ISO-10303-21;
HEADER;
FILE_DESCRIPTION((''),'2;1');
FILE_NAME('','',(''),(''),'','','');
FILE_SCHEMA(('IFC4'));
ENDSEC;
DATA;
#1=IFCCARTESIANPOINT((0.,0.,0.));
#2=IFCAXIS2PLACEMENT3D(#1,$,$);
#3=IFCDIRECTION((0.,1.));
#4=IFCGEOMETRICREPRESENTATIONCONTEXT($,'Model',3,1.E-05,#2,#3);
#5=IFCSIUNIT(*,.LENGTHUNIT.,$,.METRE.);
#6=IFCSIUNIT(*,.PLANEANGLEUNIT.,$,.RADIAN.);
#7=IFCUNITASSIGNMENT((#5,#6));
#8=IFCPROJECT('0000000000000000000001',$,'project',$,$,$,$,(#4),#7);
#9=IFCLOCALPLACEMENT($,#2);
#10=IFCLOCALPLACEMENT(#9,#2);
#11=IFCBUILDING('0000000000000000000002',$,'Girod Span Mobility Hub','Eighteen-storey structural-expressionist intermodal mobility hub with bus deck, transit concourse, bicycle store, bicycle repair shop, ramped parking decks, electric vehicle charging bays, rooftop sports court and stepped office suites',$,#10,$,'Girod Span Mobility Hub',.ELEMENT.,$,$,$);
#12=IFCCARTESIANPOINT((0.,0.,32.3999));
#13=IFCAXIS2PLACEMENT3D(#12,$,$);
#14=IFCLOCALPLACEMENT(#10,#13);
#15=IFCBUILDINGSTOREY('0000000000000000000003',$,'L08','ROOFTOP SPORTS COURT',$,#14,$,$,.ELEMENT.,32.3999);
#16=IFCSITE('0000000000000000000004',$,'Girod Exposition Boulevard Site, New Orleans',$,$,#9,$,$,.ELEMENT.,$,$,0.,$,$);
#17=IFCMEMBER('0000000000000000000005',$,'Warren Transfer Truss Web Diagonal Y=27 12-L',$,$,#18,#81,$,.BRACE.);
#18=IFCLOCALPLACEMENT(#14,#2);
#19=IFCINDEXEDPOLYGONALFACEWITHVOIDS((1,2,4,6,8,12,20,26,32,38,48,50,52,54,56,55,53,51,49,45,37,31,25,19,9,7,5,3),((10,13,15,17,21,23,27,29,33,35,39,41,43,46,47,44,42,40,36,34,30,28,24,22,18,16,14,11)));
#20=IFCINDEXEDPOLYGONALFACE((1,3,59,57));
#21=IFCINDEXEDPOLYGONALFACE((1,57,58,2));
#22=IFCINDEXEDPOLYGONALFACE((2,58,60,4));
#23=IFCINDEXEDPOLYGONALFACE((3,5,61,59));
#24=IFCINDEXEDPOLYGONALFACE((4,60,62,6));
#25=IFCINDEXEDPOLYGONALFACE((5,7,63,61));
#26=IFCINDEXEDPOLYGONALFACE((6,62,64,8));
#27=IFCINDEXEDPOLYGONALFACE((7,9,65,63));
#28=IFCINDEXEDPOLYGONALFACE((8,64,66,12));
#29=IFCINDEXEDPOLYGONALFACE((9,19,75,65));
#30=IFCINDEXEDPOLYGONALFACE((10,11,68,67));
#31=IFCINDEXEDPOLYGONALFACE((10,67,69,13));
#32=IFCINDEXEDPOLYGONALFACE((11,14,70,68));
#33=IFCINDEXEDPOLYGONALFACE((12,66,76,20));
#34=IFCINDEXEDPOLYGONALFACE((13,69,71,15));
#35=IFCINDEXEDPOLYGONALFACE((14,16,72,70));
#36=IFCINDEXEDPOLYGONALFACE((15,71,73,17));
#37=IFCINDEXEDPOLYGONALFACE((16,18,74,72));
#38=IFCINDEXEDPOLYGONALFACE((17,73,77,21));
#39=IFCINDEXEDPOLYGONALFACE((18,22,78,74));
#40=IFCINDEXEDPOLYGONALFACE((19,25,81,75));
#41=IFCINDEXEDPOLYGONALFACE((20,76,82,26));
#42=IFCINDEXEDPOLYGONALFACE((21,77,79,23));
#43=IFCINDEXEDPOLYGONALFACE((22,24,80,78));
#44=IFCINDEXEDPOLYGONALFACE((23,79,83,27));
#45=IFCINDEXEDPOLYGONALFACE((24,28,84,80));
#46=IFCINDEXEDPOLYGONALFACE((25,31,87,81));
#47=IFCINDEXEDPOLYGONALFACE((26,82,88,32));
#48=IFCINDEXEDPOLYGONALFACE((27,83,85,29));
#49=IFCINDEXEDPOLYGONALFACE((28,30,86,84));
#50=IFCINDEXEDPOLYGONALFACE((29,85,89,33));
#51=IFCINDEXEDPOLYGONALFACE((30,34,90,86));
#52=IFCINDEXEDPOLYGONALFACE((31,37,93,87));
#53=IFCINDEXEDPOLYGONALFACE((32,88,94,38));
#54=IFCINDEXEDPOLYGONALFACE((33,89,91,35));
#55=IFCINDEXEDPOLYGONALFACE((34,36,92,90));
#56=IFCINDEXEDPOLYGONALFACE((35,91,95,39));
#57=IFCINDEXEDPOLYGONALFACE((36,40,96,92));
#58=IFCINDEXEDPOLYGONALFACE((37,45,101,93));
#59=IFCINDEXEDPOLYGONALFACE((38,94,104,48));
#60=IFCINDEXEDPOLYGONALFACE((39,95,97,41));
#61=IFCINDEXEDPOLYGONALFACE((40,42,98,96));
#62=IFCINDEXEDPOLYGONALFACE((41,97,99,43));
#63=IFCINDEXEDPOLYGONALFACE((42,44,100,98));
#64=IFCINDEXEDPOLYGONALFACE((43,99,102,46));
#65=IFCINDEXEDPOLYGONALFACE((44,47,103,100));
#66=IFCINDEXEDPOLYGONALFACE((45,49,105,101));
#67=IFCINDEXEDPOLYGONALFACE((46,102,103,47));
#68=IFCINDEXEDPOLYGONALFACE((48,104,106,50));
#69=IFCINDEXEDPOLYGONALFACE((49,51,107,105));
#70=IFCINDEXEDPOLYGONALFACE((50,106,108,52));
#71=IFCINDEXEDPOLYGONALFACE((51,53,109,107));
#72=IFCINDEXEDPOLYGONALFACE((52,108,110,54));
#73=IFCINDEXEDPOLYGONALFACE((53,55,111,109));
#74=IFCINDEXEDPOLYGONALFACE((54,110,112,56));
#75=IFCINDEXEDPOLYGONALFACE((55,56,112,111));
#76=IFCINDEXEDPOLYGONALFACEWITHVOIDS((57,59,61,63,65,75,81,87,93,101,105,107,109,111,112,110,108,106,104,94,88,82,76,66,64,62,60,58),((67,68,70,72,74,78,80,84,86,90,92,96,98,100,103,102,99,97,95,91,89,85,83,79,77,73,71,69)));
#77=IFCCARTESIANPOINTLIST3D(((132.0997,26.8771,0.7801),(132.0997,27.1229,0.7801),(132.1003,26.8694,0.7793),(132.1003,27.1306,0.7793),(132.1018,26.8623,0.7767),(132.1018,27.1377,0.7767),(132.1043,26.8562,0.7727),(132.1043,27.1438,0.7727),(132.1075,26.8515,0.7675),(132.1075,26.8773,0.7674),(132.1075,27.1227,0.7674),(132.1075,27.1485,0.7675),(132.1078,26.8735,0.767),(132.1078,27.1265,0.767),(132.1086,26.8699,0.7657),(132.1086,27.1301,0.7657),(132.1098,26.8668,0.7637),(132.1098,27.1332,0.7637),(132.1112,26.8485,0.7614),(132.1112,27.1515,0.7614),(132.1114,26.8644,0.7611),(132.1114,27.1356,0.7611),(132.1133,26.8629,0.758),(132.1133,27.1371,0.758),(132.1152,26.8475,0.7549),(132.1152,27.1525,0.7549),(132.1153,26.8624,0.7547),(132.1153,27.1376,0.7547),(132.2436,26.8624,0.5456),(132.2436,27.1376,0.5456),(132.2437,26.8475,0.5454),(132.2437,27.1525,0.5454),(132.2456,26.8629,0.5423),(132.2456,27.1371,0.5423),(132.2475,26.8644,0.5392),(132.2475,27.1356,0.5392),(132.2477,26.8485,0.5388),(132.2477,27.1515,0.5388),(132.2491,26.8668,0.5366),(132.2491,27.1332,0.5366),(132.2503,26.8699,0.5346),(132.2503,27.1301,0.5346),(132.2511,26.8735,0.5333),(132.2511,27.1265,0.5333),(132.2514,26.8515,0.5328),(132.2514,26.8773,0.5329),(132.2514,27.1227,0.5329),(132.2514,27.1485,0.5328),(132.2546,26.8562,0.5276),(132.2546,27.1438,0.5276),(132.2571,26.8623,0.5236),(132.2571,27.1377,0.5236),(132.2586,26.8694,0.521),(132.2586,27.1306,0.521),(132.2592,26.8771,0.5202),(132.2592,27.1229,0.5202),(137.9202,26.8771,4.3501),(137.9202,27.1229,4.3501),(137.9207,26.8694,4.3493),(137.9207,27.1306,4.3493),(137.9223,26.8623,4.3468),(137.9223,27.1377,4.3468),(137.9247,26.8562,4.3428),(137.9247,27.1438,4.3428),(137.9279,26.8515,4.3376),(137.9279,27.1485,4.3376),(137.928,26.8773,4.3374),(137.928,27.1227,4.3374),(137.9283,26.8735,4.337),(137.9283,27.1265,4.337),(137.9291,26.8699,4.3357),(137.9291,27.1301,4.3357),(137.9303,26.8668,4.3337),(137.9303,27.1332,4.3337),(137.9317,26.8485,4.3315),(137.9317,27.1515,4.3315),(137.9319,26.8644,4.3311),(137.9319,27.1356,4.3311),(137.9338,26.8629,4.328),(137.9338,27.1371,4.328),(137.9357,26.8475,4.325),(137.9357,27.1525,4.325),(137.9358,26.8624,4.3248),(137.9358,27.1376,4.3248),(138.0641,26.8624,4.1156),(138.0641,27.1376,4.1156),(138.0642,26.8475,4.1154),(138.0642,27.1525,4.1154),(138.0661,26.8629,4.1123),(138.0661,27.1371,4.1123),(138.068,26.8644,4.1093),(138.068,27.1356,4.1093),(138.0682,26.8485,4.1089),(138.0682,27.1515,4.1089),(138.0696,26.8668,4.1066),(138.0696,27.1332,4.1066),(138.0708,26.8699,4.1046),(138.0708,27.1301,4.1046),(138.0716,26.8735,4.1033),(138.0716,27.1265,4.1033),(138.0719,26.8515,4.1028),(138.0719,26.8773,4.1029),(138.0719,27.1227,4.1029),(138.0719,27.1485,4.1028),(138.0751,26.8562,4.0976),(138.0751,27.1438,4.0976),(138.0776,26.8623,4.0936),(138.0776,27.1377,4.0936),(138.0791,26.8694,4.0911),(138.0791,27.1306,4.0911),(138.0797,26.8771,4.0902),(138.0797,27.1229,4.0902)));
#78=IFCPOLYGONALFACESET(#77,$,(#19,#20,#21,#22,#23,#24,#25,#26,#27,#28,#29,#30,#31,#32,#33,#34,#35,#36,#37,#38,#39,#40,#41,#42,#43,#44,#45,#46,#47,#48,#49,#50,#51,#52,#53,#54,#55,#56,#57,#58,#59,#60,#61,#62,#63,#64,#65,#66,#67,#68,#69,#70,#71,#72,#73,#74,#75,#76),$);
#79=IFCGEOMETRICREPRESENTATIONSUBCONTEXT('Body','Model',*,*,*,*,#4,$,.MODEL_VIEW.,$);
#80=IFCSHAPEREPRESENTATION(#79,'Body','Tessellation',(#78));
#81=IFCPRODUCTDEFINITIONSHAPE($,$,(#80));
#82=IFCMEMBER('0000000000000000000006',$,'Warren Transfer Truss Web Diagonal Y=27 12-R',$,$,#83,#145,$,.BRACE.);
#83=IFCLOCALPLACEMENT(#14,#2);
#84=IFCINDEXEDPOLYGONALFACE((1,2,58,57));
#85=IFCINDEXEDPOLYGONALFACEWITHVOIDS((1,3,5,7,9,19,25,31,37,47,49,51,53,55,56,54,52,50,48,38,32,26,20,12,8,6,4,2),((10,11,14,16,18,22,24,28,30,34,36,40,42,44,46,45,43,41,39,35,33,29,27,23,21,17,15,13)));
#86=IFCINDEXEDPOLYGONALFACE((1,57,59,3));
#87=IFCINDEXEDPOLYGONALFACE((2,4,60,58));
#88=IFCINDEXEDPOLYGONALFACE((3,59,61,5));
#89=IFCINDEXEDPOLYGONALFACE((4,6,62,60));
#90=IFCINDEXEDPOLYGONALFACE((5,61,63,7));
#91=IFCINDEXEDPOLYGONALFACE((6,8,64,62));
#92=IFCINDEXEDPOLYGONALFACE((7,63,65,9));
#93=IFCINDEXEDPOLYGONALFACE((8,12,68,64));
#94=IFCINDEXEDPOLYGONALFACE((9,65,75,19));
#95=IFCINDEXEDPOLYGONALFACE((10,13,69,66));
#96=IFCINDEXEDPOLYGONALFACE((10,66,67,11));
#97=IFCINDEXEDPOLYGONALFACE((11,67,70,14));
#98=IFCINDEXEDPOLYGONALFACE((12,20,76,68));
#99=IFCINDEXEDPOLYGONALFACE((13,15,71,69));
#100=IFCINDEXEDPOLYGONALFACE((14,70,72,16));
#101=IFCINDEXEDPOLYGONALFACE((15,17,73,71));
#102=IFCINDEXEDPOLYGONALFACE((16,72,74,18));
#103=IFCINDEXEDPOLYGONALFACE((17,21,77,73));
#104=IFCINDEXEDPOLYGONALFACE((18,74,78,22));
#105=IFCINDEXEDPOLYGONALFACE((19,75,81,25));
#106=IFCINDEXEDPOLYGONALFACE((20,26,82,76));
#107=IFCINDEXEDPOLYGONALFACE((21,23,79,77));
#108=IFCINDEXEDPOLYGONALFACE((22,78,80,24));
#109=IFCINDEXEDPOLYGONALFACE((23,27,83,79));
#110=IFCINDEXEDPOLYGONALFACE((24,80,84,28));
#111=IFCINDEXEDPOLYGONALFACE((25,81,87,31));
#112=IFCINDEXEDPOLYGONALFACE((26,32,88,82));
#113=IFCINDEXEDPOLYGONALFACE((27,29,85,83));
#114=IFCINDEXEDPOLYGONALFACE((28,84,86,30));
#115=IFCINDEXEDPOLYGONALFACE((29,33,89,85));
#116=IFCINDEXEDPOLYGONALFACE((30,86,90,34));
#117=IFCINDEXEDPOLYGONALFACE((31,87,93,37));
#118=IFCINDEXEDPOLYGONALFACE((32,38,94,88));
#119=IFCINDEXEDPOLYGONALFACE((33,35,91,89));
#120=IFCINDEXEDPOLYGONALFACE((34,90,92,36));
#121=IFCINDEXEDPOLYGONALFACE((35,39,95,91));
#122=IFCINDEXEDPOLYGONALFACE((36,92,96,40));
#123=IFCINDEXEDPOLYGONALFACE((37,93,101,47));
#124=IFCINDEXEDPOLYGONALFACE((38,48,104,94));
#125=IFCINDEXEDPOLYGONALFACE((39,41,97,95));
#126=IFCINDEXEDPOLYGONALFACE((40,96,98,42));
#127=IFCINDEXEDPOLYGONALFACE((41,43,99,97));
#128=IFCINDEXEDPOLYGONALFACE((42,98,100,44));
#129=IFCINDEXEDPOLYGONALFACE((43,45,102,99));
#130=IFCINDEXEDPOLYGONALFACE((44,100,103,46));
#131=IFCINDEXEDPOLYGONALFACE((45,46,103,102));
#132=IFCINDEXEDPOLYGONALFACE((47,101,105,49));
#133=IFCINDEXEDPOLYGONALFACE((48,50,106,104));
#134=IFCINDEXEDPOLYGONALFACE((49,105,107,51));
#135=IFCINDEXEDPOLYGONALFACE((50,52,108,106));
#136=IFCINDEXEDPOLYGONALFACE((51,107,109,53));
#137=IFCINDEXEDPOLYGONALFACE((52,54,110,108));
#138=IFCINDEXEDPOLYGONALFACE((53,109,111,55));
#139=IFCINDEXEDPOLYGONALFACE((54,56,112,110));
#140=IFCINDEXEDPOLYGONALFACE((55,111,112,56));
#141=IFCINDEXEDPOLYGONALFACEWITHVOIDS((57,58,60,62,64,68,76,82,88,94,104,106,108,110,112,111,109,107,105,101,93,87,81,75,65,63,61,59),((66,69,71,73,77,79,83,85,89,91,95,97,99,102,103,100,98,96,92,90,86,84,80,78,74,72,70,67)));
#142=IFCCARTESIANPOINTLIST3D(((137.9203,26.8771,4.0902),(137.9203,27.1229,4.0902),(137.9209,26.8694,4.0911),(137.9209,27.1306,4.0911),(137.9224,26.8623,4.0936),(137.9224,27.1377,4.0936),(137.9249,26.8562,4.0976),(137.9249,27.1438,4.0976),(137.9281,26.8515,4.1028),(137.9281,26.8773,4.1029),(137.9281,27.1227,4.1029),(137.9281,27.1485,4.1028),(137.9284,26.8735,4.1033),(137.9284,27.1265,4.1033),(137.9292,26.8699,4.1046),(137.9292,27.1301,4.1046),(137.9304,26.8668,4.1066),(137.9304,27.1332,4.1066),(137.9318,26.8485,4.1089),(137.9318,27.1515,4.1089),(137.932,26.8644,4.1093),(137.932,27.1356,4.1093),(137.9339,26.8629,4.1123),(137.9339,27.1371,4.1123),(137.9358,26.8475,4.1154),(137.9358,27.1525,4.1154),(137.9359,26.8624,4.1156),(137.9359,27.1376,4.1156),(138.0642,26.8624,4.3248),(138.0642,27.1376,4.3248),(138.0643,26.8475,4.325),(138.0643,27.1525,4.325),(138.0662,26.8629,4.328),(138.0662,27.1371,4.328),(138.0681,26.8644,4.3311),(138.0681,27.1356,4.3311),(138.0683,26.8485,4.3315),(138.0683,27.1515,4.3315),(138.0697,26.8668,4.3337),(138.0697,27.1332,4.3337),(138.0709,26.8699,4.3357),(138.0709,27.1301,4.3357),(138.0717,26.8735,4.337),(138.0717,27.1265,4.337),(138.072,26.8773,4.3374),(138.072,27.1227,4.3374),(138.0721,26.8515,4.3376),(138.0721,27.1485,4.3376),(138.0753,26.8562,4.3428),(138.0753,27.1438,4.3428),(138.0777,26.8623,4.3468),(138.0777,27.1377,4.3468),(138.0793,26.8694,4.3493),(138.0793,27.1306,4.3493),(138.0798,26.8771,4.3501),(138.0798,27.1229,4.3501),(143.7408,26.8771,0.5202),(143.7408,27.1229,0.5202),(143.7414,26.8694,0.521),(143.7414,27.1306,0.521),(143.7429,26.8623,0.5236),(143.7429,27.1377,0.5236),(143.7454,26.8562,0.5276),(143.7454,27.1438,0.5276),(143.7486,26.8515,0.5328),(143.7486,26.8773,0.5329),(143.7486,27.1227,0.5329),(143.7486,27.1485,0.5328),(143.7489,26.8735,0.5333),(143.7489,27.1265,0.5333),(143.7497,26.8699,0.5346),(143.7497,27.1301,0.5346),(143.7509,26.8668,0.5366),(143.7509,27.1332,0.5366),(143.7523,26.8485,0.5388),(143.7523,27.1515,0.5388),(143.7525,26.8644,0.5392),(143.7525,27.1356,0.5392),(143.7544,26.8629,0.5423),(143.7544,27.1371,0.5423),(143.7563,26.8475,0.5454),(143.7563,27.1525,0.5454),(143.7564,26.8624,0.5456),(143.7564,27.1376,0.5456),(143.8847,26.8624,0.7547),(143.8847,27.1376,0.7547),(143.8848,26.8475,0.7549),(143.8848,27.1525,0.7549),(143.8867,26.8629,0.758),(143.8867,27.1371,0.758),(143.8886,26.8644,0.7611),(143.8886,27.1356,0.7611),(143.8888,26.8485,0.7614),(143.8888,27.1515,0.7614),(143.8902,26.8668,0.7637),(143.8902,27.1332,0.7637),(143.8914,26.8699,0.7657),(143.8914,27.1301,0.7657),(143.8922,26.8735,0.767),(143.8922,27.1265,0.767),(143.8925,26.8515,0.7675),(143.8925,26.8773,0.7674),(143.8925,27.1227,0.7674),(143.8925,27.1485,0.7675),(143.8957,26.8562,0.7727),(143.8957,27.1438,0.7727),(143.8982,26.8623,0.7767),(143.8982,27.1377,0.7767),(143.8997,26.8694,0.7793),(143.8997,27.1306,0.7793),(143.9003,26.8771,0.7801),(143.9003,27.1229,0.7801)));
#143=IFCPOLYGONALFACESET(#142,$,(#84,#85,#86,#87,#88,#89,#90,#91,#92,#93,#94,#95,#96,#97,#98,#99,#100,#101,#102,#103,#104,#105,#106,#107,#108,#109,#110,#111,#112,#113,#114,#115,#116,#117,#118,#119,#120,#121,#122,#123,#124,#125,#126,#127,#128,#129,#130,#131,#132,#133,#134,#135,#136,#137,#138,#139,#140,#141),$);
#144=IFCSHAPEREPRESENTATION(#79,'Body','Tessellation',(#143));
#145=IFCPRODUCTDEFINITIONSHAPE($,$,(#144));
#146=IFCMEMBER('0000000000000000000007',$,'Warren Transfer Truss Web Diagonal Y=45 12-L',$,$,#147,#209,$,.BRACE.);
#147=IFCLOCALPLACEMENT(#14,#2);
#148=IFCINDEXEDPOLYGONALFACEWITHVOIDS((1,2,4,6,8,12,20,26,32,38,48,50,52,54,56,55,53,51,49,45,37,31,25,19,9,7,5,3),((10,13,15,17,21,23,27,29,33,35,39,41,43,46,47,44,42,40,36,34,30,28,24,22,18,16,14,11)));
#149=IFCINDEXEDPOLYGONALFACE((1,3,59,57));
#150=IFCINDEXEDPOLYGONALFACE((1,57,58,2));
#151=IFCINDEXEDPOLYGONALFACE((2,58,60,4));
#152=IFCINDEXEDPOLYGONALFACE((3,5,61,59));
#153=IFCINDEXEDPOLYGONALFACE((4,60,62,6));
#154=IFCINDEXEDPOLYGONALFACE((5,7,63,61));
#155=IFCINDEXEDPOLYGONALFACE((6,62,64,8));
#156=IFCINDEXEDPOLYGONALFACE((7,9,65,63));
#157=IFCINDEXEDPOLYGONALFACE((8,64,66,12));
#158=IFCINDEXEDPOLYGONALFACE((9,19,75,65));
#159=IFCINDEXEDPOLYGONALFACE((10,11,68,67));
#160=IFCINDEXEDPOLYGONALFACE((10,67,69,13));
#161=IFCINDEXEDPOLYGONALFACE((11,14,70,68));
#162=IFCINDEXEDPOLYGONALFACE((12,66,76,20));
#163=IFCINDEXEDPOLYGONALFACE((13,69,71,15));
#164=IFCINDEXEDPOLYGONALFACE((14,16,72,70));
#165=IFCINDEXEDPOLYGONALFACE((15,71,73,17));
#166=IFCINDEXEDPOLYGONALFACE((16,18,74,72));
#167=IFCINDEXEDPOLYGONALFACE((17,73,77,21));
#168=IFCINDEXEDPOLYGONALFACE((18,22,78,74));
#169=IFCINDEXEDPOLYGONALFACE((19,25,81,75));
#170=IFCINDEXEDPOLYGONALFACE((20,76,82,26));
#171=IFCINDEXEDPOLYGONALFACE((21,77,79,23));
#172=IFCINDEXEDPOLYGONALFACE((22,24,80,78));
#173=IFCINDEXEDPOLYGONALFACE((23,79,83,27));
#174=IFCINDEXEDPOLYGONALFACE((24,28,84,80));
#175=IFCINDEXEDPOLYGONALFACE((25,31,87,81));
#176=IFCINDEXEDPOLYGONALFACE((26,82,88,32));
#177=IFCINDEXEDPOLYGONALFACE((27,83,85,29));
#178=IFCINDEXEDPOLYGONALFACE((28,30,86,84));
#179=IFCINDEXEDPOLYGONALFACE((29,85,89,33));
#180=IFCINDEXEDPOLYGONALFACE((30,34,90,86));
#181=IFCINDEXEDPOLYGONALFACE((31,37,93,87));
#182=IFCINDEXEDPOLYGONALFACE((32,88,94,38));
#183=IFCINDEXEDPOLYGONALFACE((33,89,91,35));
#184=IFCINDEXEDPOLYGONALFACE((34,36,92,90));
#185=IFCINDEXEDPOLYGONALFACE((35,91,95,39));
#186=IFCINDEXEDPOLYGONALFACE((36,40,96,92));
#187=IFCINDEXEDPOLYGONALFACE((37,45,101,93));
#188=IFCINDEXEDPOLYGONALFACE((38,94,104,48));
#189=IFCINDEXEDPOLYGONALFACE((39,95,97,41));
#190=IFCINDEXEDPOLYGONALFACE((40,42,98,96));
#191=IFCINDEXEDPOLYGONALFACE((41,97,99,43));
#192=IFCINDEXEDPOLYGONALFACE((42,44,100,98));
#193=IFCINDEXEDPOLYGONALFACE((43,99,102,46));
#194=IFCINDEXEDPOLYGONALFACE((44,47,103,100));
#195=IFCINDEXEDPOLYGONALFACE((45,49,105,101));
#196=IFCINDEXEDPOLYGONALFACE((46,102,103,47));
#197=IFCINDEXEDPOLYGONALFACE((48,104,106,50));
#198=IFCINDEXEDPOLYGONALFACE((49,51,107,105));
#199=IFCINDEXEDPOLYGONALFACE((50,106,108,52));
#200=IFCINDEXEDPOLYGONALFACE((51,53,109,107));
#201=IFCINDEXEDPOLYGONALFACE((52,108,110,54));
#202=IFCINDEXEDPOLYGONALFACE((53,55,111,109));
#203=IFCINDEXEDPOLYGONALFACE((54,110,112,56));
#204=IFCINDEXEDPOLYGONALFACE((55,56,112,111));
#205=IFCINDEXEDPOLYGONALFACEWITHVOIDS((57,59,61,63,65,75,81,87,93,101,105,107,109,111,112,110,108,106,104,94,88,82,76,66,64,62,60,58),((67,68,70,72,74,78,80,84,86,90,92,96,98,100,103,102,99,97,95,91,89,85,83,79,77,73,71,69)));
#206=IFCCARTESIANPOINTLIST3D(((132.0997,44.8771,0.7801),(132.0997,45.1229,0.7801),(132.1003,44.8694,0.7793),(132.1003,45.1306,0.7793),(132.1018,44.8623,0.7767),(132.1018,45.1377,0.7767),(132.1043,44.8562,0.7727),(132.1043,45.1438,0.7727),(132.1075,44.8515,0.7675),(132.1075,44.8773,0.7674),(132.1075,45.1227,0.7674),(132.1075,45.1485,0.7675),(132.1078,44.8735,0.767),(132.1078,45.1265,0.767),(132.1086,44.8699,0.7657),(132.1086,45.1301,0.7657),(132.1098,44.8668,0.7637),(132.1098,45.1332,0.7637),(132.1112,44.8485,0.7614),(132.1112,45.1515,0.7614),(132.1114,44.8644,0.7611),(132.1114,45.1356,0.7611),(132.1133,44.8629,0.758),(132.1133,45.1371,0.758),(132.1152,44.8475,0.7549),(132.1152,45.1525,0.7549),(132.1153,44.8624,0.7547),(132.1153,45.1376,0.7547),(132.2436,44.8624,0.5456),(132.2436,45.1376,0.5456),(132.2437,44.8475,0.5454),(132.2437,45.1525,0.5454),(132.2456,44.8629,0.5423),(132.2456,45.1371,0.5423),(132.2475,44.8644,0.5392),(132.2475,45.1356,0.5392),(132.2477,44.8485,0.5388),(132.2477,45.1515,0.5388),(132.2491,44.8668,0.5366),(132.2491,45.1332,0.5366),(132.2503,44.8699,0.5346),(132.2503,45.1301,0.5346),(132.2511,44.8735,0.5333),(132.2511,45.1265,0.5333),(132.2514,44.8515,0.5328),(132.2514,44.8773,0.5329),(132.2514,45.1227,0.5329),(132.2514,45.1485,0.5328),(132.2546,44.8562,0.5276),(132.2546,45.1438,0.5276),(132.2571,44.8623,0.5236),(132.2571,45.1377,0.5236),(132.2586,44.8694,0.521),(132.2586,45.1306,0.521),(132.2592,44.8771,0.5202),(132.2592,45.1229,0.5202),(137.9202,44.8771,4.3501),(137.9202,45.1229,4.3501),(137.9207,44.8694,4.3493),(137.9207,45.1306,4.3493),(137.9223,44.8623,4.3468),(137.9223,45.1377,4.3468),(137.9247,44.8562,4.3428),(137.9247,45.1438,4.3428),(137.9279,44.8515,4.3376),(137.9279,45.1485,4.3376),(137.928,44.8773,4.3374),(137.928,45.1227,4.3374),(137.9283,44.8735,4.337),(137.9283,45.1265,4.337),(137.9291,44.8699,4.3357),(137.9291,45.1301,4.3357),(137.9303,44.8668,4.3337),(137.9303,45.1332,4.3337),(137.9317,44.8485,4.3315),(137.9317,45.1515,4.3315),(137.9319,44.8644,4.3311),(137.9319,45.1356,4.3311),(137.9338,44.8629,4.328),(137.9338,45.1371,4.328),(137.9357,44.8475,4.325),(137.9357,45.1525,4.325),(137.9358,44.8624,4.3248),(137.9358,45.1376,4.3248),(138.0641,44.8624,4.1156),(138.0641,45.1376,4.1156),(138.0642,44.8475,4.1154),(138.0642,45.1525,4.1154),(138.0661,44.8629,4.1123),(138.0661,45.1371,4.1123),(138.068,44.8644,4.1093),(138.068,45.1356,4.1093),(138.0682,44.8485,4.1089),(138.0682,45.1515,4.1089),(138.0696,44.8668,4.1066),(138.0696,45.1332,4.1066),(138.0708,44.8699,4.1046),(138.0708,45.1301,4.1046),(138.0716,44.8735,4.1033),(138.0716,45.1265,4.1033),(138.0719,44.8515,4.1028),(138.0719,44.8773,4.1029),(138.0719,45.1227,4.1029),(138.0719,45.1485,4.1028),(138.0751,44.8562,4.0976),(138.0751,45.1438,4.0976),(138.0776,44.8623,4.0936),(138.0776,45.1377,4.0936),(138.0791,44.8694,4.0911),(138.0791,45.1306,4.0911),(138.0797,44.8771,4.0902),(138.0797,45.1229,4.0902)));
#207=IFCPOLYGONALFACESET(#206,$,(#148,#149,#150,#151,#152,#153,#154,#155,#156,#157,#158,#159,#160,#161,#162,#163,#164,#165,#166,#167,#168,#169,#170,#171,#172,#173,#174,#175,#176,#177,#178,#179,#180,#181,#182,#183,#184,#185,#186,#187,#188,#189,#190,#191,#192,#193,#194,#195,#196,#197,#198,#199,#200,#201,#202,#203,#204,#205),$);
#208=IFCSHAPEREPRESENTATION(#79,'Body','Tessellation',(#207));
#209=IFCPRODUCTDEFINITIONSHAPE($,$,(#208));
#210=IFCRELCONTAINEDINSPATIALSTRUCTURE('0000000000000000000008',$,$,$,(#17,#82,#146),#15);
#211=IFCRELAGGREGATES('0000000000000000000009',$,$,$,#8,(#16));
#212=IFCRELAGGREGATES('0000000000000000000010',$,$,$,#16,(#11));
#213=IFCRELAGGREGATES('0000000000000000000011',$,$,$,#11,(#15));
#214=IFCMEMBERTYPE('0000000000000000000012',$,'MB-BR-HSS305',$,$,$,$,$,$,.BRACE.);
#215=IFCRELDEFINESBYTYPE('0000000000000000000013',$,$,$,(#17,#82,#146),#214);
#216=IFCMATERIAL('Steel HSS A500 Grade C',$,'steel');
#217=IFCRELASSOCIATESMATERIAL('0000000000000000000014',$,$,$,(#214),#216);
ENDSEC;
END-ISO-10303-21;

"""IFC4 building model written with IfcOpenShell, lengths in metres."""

from ifc_helpers import new_model, si_unit, direction, frame, origin, origin_2d, place, context, subcontext, project, spatial, hollow_rectangle, extrude, material, material_profile, profile_set, type_object, element, save


model = new_model("IFC4")

# Units and contexts
model_context = context("Model", 3, precision=1e-05, world=origin(), true_north=direction((0.0, 1.0)))
body_context = subcontext(model_context, "Body", "Model", "MODEL_VIEW")
ifc_project = project(units=[si_unit("LENGTHUNIT", "METRE"), si_unit("PLANEANGLEUNIT", "RADIAN")], contexts=[model_context])

# Site, building, storey
site_placement = place(None, origin())
site = spatial("IfcSite", under=ifc_project, at=site_placement, Name="Girod Exposition Boulevard Site, New Orleans", CompositionType="ELEMENT", RefElevation=0.0)
building_placement = place(site_placement, origin())
building = spatial("IfcBuilding", under=site, at=building_placement, Name="Girod Span Mobility Hub", Description="Eighteen-storey structural-expressionist intermodal mobility hub with bus deck, transit concourse, bicycle store, bicycle repair shop, ramped parking decks, electric vehicle charging bays, rooftop sports court and stepped office suites", LongName="Girod Span Mobility Hub", CompositionType="ELEMENT")
storey_placement = place(building_placement, frame((0.0, 0.0, 32.3999)))
storey = spatial("IfcBuildingStorey", under=building, at=storey_placement, Name="L08", Description="ROOFTOP SPORTS COURT", CompositionType="ELEMENT", Elevation=32.3999)

# Members
ifc_material_1 = material(Name="Steel HSS A500 Grade C", Category="steel")
ifc_material_profile_1 = material_profile(ifc_material_1, hollow_rectangle(XDim=0.3049, YDim=0.3049, WallThickness=0.0149, InnerFilletRadius=0.0149, OuterFilletRadius=0.0295, at=origin_2d()), Name="HSS305X305X16")
ifc_profile_set_1 = profile_set([ifc_material_profile_1], Name="Steel HSS A500 Grade C")
member_type_1 = type_object("IfcMemberType", Name="MB-BR-HSS305", PredefinedType="BRACE", material=ifc_profile_set_1)
for number, where, z_axis, x_axis, name in (
    (1, (132.1794, 27.0, 0.6501), (0.85243, 0.0, 0.522842), (0.0, 1.0, 0.0), "Warren Transfer Truss Web Diagonal Y=27 12-L"),
    (2, (143.8206, 27.0, 0.6501), (-0.85243, 0.0, 0.522842), (0.0, -1.0, 0.0), "Warren Transfer Truss Web Diagonal Y=27 12-R"),
    (3, (132.1794, 45.0, 0.6501), (0.85243, 0.0, 0.522842), (0.0, 1.0, 0.0), "Warren Transfer Truss Web Diagonal Y=45 12-L"),
):
    element("IfcMember", number, at=place(storey_placement, frame(where, z_axis=z_axis, x_axis=x_axis)), inside=storey, type_object=member_type_1, Name=name, PredefinedType="BRACE", context=body_context, shape_type="SweptSolid", body=[
        extrude(hollow_rectangle(XDim=0.3049, YDim=0.3049, WallThickness=0.0149, InnerFilletRadius=0.0149, OuterFilletRadius=0.0295, at=origin_2d()), origin(), (0.0, 0.0, 1.0), 6.8281),
    ])

save(model, "model.ifc")
